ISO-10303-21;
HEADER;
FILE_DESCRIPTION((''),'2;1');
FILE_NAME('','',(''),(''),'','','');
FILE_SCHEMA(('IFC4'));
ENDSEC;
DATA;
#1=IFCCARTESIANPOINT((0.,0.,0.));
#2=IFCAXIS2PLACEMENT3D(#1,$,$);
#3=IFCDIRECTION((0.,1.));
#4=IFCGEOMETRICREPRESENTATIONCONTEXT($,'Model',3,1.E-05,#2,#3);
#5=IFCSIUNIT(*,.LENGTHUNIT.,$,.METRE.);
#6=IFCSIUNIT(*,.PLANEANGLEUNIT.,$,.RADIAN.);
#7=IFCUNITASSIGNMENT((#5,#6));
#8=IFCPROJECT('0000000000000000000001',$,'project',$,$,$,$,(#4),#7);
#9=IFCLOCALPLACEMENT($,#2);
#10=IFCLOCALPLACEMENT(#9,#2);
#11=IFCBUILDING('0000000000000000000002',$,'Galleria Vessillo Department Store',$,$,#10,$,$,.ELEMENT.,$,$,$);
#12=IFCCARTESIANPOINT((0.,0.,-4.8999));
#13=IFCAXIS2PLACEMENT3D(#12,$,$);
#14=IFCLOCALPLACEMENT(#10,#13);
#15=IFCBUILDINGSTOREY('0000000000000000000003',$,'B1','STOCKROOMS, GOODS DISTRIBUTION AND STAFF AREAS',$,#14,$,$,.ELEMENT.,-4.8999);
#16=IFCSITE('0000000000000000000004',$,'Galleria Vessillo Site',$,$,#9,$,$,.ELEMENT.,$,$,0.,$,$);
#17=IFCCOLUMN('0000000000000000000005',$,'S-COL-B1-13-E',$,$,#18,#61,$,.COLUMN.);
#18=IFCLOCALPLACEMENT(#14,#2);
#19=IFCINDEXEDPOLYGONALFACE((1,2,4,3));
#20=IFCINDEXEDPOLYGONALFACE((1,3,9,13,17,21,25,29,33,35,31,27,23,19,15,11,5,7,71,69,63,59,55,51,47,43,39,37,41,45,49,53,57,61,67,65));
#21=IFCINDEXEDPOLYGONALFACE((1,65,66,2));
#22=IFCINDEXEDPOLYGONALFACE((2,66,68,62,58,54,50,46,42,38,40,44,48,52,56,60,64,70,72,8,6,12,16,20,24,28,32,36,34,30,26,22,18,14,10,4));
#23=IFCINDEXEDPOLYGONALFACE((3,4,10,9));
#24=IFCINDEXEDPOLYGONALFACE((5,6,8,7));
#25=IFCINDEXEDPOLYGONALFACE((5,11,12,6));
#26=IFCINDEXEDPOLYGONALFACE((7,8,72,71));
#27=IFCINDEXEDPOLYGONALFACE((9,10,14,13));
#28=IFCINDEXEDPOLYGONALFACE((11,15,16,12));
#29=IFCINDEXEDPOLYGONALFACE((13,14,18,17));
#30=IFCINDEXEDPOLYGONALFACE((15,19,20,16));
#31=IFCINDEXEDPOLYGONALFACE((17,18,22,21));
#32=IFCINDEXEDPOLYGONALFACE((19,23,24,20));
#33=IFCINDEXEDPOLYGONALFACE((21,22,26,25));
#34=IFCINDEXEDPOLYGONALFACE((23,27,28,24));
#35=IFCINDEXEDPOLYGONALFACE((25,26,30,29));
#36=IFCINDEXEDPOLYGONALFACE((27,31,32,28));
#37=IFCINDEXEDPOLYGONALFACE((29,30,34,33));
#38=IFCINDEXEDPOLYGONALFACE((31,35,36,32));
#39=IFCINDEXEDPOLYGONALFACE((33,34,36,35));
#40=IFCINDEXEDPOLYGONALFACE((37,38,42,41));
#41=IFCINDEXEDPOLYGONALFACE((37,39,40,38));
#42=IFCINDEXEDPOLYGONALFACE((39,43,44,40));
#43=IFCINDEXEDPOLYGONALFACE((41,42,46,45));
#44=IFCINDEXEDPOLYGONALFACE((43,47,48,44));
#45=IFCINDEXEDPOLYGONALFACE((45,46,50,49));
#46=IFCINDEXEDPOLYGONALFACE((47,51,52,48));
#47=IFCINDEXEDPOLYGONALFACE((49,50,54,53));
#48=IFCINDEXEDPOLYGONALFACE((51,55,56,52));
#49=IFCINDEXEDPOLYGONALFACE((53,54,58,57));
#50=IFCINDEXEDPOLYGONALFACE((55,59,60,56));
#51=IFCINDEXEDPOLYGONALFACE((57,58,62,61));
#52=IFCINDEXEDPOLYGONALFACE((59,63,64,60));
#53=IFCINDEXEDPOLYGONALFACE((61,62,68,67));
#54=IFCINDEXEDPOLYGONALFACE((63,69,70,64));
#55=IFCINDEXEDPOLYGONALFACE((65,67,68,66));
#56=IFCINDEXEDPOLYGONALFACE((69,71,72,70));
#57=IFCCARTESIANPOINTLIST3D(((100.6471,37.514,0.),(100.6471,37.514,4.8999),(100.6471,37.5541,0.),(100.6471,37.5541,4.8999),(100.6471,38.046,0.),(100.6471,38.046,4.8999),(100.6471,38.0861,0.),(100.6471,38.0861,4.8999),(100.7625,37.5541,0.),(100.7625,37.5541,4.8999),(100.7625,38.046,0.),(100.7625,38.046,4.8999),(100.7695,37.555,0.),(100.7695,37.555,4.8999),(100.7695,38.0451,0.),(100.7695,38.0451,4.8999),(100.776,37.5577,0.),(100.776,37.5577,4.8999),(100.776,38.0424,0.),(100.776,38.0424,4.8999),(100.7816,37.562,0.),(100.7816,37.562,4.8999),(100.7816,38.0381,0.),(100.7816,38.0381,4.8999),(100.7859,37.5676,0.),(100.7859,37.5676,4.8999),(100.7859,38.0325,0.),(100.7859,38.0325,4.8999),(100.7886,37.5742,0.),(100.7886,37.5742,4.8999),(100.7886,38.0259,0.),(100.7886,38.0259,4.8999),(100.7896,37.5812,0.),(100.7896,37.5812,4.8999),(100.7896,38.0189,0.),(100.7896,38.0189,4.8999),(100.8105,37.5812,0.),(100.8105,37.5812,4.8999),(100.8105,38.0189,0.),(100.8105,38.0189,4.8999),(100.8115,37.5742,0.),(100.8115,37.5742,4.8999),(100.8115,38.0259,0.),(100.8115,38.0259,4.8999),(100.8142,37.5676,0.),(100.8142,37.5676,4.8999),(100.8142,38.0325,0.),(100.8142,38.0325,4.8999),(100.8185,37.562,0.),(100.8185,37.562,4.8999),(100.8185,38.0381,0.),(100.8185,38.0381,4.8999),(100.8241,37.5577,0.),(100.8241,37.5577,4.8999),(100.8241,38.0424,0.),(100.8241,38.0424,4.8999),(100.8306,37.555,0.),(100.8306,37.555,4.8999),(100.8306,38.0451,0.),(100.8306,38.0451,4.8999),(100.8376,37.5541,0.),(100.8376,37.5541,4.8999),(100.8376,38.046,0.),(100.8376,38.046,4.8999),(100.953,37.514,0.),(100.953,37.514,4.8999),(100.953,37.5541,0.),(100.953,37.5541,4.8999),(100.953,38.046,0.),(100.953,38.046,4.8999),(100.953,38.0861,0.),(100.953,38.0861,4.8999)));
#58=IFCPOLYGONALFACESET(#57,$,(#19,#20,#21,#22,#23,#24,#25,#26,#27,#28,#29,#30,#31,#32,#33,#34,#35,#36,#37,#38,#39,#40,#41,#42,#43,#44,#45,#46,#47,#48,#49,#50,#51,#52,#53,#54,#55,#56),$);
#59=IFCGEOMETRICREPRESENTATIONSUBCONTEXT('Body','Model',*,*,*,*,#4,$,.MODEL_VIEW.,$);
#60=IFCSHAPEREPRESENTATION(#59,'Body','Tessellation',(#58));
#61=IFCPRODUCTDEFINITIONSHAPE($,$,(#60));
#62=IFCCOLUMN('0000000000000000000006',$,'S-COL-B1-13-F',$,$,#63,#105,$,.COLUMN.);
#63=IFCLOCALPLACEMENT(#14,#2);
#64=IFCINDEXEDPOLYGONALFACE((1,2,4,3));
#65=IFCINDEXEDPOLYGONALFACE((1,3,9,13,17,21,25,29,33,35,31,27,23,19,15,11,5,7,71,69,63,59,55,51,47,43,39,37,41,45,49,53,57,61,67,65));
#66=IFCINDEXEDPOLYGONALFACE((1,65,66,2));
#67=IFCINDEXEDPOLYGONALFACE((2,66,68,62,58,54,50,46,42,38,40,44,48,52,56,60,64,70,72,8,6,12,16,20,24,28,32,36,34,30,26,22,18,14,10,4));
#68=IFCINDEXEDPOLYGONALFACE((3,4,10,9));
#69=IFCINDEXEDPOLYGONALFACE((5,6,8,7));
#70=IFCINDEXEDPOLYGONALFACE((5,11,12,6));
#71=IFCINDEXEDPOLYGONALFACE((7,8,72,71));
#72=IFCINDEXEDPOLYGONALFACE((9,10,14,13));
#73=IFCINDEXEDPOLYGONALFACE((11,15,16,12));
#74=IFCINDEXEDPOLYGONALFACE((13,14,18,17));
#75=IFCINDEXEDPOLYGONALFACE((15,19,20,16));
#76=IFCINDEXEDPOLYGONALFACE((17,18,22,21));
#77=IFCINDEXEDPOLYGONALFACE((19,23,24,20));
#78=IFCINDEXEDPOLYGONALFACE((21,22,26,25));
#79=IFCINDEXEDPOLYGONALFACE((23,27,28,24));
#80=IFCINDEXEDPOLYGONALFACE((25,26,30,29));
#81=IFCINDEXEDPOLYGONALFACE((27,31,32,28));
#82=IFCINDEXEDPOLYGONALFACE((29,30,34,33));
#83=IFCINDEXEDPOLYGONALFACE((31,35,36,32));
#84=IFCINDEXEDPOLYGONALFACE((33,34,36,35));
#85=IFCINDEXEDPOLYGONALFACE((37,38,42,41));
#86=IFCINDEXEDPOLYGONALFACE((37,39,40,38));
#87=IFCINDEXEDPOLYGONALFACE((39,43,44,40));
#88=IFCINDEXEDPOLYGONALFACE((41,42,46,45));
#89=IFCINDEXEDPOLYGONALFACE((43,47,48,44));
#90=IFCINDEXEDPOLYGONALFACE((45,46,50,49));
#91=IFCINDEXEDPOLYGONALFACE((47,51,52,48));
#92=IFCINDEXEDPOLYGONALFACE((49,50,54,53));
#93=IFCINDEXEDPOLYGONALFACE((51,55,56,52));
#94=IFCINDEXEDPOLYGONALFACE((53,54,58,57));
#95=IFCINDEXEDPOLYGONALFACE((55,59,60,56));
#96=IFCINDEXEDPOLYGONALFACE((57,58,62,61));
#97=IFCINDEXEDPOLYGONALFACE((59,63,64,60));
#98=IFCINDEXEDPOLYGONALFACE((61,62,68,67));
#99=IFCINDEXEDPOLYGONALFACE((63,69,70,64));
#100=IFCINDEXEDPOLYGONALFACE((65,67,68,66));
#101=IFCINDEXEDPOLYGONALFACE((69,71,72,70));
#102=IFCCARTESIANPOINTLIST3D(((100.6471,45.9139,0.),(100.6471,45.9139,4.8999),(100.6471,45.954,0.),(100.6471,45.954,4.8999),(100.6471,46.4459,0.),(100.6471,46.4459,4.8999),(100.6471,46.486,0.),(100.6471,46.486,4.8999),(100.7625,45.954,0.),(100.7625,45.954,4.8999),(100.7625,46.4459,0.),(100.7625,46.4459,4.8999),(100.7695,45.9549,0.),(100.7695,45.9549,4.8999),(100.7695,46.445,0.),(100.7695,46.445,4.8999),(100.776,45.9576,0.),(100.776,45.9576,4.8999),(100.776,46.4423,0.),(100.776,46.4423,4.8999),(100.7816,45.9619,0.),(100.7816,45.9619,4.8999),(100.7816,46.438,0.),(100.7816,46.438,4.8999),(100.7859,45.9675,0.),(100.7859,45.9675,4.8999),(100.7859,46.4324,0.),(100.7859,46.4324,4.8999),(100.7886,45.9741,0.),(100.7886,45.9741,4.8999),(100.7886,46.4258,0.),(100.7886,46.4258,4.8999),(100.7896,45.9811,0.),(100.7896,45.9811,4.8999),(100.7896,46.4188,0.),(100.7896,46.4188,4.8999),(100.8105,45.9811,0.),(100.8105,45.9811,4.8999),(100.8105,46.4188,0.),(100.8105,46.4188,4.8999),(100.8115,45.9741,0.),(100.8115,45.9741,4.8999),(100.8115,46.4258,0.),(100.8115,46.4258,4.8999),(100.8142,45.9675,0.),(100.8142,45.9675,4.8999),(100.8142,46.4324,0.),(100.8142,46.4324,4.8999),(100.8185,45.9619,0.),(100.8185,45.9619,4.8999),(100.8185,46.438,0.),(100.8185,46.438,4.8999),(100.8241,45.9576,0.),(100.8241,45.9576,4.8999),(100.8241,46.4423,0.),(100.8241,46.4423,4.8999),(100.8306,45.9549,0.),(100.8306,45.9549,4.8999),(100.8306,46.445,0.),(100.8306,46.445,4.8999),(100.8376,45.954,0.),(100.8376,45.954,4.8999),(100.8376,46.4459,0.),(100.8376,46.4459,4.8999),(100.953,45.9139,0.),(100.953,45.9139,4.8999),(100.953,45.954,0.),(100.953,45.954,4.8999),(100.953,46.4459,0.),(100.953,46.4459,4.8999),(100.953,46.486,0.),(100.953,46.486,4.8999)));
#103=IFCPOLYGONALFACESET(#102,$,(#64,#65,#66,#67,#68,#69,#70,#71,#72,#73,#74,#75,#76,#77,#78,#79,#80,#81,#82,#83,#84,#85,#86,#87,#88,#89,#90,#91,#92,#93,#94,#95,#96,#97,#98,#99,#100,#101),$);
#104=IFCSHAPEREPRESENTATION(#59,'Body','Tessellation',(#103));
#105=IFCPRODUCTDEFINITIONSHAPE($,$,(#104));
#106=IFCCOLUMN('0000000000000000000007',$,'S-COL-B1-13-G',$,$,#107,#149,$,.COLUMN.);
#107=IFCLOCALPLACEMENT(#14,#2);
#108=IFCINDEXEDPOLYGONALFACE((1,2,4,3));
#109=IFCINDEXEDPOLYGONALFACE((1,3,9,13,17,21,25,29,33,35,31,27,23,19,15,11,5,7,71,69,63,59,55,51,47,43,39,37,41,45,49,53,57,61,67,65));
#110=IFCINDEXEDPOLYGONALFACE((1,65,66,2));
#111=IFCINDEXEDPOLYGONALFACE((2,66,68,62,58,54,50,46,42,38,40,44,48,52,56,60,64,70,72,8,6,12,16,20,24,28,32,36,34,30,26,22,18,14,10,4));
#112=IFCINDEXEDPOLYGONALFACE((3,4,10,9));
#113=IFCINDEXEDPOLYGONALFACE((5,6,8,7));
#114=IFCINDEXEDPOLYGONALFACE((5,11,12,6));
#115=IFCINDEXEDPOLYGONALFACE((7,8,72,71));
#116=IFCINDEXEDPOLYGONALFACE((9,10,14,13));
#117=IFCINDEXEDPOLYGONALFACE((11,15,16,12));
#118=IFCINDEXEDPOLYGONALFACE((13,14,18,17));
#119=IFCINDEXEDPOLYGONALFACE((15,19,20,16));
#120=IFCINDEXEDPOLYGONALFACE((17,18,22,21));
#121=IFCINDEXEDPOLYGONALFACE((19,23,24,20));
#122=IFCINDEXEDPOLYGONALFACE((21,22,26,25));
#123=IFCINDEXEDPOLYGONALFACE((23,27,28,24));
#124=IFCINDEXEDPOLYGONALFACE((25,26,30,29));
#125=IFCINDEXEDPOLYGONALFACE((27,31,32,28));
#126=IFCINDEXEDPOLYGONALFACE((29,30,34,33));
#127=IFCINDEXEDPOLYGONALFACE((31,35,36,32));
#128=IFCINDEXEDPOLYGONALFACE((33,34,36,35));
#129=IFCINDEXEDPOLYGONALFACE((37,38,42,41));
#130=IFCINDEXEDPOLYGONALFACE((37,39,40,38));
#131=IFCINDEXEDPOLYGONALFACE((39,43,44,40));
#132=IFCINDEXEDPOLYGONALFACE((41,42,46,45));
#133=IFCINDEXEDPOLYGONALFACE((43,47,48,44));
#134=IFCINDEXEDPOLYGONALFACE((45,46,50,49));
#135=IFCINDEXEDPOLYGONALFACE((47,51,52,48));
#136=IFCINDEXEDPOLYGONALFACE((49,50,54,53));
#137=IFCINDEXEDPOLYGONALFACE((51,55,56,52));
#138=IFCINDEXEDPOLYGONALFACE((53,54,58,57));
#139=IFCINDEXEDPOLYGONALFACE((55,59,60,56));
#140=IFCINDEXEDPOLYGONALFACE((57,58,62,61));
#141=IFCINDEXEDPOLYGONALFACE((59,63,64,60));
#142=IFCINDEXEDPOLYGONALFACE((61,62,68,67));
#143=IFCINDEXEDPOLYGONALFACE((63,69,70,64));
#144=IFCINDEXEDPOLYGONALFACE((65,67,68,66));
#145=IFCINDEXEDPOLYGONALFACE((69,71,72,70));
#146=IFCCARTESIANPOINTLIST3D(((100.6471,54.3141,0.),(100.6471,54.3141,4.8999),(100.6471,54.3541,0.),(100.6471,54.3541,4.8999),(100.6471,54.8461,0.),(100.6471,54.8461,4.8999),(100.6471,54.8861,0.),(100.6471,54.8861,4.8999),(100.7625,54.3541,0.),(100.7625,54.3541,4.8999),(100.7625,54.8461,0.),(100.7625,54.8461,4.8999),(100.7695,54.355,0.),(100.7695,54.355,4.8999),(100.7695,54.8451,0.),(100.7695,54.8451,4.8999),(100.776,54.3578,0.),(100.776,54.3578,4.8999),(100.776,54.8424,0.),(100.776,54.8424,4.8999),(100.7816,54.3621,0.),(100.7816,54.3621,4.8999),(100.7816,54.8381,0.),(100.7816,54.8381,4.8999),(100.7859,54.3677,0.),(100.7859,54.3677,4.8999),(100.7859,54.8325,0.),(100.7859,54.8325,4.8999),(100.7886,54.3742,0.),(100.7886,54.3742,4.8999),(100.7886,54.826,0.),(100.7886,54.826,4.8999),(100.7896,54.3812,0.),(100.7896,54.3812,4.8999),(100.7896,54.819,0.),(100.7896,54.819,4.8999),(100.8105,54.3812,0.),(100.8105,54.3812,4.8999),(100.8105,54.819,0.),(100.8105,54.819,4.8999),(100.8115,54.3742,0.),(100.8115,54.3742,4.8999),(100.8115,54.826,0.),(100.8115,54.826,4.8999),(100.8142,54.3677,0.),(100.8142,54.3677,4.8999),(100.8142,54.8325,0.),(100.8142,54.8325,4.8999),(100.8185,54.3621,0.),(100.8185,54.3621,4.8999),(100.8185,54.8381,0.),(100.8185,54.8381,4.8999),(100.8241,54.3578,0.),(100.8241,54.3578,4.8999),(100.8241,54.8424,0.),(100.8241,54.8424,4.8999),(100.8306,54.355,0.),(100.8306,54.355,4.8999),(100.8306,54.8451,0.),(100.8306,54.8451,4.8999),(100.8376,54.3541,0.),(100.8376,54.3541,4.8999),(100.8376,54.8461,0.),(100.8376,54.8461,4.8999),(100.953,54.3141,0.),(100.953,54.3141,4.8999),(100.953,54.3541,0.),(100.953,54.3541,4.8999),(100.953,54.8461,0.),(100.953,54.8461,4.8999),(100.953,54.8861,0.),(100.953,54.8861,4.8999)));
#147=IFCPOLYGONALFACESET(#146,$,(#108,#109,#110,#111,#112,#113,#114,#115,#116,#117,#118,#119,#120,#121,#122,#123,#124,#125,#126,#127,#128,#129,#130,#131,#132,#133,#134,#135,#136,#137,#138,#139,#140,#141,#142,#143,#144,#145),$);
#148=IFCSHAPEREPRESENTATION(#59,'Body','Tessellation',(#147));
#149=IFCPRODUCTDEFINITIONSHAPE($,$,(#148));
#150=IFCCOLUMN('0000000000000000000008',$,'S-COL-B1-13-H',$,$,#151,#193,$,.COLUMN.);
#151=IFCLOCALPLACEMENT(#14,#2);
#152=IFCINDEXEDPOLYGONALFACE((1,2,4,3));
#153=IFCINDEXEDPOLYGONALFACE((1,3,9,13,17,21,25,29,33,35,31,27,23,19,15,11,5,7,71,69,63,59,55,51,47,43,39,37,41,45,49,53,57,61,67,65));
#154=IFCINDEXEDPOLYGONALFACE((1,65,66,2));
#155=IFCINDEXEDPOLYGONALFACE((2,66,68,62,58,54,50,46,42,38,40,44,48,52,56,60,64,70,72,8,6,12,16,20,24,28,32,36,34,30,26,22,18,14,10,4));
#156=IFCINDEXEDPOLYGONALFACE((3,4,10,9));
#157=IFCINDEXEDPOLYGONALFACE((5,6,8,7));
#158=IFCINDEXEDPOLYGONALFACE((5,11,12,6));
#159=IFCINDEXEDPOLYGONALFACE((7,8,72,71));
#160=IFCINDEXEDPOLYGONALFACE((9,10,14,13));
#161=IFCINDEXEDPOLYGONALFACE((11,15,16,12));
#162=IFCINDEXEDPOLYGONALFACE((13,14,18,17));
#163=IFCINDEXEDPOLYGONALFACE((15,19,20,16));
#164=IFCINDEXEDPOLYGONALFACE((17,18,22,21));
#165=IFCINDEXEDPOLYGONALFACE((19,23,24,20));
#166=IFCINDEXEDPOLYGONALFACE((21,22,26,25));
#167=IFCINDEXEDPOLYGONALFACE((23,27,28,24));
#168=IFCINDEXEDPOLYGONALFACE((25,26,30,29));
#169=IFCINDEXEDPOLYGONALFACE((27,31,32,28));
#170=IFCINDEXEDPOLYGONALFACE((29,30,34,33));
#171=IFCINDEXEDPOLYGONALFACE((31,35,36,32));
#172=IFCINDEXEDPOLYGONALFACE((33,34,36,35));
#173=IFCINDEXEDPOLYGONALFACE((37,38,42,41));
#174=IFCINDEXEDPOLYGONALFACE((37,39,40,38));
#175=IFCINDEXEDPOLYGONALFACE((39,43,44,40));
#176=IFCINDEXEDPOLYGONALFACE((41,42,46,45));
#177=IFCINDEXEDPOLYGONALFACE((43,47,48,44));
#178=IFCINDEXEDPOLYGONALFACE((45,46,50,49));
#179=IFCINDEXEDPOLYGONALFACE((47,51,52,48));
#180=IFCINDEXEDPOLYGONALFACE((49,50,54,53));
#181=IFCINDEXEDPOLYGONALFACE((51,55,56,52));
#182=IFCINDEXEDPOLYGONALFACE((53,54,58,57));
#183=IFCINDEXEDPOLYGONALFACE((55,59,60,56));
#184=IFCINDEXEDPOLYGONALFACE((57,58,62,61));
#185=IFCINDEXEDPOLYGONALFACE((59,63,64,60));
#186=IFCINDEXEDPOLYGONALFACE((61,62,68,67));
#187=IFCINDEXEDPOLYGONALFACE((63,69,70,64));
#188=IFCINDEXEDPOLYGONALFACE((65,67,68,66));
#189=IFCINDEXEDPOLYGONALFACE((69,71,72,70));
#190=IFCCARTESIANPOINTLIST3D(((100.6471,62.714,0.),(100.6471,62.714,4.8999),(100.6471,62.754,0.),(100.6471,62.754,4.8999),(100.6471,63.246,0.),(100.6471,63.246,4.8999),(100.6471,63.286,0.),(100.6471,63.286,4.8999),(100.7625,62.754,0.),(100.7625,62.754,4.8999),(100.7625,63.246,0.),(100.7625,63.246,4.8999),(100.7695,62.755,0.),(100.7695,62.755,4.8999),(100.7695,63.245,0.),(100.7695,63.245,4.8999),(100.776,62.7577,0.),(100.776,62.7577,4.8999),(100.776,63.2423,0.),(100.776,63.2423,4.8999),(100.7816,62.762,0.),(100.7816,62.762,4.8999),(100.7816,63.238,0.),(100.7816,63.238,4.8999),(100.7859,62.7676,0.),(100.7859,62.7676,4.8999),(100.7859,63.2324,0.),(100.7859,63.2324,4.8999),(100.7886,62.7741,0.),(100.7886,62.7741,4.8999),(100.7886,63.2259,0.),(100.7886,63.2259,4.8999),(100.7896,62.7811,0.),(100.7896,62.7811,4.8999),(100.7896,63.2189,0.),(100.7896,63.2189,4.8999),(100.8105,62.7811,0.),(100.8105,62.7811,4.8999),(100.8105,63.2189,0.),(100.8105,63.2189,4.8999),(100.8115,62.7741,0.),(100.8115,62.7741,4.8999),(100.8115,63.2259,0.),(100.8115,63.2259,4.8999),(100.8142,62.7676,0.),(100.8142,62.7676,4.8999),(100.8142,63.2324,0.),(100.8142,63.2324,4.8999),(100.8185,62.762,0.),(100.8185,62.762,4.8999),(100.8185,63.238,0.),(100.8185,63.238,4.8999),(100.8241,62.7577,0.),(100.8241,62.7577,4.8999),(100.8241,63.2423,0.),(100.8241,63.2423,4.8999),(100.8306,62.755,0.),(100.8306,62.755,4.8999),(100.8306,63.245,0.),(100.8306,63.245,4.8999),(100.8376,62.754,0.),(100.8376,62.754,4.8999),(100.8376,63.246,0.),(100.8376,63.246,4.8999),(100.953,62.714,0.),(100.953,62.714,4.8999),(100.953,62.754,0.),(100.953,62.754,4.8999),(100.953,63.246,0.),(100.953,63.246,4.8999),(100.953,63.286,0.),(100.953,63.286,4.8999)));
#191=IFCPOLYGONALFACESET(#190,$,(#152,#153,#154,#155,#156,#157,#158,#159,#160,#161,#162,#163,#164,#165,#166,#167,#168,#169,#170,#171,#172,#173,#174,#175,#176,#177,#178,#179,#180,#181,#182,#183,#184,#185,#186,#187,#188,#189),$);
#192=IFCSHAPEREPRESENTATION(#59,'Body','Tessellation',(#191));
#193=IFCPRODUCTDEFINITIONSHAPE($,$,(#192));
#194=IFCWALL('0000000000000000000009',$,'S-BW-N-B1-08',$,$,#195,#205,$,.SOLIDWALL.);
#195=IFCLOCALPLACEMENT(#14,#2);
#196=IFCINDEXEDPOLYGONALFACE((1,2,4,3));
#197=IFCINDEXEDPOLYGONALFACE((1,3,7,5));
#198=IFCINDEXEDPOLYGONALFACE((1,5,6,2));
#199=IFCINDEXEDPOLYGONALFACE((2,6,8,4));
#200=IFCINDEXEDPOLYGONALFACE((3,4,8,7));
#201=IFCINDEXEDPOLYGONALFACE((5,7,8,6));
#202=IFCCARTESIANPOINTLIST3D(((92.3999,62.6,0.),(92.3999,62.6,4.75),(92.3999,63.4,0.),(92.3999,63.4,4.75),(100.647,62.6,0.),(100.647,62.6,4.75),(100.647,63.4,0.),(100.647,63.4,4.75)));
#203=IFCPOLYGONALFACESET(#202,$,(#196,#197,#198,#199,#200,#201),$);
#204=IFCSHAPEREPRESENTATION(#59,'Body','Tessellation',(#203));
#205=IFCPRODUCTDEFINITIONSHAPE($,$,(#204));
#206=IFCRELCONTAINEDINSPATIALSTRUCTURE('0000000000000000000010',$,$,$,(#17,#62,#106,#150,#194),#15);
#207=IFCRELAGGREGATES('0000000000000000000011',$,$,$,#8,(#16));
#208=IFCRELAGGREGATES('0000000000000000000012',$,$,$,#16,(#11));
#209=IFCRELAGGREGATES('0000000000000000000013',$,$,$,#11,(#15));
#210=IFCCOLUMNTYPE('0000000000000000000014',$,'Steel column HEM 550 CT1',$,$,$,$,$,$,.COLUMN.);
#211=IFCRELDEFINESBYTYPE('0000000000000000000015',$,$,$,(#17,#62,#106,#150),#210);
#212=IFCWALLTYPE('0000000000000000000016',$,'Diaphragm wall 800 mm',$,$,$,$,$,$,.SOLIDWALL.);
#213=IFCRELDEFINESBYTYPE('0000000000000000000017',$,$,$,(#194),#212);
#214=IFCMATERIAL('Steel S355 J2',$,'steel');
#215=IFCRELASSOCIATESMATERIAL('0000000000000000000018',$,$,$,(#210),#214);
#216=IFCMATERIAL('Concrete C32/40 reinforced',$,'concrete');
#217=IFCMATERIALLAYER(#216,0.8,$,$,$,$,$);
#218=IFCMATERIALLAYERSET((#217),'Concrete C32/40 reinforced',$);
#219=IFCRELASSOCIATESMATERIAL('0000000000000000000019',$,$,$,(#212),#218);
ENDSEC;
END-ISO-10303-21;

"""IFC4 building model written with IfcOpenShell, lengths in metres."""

from ifc_helpers import new_model, si_unit, direction, frame, frame_2d, origin, origin_2d, place, context, subcontext, project, spatial, rectangle, i_section, extrude, material, layer, layer_set, material_profile, profile_set, type_object, element, save


model = new_model("IFC4")

# Units and contexts
model_context = context("Model", 3, precision=1e-05, world=origin(), true_north=direction((0.0, 1.0)))
body_context = subcontext(model_context, "Body", "Model", "MODEL_VIEW")
ifc_project = project(units=[si_unit("LENGTHUNIT", "METRE"), si_unit("PLANEANGLEUNIT", "RADIAN")], contexts=[model_context])

# Site, building, storey
site_placement = place(None, origin())
site = spatial("IfcSite", under=ifc_project, at=site_placement, Name="Galleria Vessillo Site", CompositionType="ELEMENT", RefElevation=0.0)
building_placement = place(site_placement, origin())
building = spatial("IfcBuilding", under=site, at=building_placement, Name="Galleria Vessillo Department Store", CompositionType="ELEMENT")
storey_placement = place(building_placement, frame((0.0, 0.0, -4.8999)))
storey = spatial("IfcBuildingStorey", under=building, at=storey_placement, Name="B1", Description="STOCKROOMS, GOODS DISTRIBUTION AND STAFF AREAS", CompositionType="ELEMENT", Elevation=-4.8999)

# Columns
ifc_material_1 = material(Name="Steel S355 J2", Category="steel")
ifc_material_profile = material_profile(ifc_material_1, i_section(OverallWidth=0.3059, OverallDepth=0.572, WebThickness=0.021, FlangeThickness=0.04, FilletRadius=0.0271, at=origin_2d()), Name="HEM 550")
ifc_profile_set = profile_set([ifc_material_profile], Name="Steel S355 J2")
column_type = type_object("IfcColumnType", Name="Steel column HEM 550 CT1", PredefinedType="COLUMN", material=ifc_profile_set)
for number, where, z_axis, x_axis, name in (
    (1, (100.8, 37.8, 0.0), (0.0, 0.0, 1.0), (1.0, 0.0, 0.0), "S-COL-B1-13-E"),
    (2, (100.8, 46.2, 0.0), (0.0, 0.0, 1.0), (1.0, 0.0, 0.0), "S-COL-B1-13-F"),
    (3, (100.8, 54.6001, 0.0), (0.0, 0.0, 1.0), (1.0, 0.0, 0.0), "S-COL-B1-13-G"),
    (4, (100.8, 63.0, 0.0), (0.0, 0.0, 1.0), (1.0, 0.0, 0.0), "S-COL-B1-13-H"),
):
    element("IfcColumn", number, at=place(storey_placement, frame(where, z_axis=z_axis, x_axis=x_axis)), inside=storey, type_object=column_type, Name=name, PredefinedType="COLUMN", context=body_context, shape_type="SweptSolid", body=[
        extrude(i_section(OverallWidth=0.3059, OverallDepth=0.572, WebThickness=0.021, FlangeThickness=0.04, FilletRadius=0.0271, at=origin_2d()), origin(), (0.0, 0.0, 1.0), 4.8999),
    ])

# Wall
ifc_material_2 = material(Name="Concrete C32/40 reinforced", Category="concrete")
ifc_layer_1 = layer(ifc_material_2, 0.8)
ifc_layer_set_1 = layer_set([ifc_layer_1], Name="Concrete C32/40 reinforced")
wall_type_1 = type_object("IfcWallType", Name="Diaphragm wall 800 mm", PredefinedType="SOLIDWALL", material=ifc_layer_set_1)
wall_1_placement = place(storey_placement, frame((92.3999, 63.0, 0.0), z_axis=(0.0, 0.0, 1.0), x_axis=(1.0, 0.0, 0.0)))
element("IfcWall", 5, at=wall_1_placement, inside=storey, type_object=wall_type_1, Name="S-BW-N-B1-08", PredefinedType="SOLIDWALL", context=body_context, shape_type="SweptSolid", body=[
    extrude(rectangle(XDim=8.2471, YDim=0.8, at=frame_2d((4.1235, 0.0))), origin(), (0.0, 0.0, 1.0), 4.75),
])

save(model, "model.ifc")
